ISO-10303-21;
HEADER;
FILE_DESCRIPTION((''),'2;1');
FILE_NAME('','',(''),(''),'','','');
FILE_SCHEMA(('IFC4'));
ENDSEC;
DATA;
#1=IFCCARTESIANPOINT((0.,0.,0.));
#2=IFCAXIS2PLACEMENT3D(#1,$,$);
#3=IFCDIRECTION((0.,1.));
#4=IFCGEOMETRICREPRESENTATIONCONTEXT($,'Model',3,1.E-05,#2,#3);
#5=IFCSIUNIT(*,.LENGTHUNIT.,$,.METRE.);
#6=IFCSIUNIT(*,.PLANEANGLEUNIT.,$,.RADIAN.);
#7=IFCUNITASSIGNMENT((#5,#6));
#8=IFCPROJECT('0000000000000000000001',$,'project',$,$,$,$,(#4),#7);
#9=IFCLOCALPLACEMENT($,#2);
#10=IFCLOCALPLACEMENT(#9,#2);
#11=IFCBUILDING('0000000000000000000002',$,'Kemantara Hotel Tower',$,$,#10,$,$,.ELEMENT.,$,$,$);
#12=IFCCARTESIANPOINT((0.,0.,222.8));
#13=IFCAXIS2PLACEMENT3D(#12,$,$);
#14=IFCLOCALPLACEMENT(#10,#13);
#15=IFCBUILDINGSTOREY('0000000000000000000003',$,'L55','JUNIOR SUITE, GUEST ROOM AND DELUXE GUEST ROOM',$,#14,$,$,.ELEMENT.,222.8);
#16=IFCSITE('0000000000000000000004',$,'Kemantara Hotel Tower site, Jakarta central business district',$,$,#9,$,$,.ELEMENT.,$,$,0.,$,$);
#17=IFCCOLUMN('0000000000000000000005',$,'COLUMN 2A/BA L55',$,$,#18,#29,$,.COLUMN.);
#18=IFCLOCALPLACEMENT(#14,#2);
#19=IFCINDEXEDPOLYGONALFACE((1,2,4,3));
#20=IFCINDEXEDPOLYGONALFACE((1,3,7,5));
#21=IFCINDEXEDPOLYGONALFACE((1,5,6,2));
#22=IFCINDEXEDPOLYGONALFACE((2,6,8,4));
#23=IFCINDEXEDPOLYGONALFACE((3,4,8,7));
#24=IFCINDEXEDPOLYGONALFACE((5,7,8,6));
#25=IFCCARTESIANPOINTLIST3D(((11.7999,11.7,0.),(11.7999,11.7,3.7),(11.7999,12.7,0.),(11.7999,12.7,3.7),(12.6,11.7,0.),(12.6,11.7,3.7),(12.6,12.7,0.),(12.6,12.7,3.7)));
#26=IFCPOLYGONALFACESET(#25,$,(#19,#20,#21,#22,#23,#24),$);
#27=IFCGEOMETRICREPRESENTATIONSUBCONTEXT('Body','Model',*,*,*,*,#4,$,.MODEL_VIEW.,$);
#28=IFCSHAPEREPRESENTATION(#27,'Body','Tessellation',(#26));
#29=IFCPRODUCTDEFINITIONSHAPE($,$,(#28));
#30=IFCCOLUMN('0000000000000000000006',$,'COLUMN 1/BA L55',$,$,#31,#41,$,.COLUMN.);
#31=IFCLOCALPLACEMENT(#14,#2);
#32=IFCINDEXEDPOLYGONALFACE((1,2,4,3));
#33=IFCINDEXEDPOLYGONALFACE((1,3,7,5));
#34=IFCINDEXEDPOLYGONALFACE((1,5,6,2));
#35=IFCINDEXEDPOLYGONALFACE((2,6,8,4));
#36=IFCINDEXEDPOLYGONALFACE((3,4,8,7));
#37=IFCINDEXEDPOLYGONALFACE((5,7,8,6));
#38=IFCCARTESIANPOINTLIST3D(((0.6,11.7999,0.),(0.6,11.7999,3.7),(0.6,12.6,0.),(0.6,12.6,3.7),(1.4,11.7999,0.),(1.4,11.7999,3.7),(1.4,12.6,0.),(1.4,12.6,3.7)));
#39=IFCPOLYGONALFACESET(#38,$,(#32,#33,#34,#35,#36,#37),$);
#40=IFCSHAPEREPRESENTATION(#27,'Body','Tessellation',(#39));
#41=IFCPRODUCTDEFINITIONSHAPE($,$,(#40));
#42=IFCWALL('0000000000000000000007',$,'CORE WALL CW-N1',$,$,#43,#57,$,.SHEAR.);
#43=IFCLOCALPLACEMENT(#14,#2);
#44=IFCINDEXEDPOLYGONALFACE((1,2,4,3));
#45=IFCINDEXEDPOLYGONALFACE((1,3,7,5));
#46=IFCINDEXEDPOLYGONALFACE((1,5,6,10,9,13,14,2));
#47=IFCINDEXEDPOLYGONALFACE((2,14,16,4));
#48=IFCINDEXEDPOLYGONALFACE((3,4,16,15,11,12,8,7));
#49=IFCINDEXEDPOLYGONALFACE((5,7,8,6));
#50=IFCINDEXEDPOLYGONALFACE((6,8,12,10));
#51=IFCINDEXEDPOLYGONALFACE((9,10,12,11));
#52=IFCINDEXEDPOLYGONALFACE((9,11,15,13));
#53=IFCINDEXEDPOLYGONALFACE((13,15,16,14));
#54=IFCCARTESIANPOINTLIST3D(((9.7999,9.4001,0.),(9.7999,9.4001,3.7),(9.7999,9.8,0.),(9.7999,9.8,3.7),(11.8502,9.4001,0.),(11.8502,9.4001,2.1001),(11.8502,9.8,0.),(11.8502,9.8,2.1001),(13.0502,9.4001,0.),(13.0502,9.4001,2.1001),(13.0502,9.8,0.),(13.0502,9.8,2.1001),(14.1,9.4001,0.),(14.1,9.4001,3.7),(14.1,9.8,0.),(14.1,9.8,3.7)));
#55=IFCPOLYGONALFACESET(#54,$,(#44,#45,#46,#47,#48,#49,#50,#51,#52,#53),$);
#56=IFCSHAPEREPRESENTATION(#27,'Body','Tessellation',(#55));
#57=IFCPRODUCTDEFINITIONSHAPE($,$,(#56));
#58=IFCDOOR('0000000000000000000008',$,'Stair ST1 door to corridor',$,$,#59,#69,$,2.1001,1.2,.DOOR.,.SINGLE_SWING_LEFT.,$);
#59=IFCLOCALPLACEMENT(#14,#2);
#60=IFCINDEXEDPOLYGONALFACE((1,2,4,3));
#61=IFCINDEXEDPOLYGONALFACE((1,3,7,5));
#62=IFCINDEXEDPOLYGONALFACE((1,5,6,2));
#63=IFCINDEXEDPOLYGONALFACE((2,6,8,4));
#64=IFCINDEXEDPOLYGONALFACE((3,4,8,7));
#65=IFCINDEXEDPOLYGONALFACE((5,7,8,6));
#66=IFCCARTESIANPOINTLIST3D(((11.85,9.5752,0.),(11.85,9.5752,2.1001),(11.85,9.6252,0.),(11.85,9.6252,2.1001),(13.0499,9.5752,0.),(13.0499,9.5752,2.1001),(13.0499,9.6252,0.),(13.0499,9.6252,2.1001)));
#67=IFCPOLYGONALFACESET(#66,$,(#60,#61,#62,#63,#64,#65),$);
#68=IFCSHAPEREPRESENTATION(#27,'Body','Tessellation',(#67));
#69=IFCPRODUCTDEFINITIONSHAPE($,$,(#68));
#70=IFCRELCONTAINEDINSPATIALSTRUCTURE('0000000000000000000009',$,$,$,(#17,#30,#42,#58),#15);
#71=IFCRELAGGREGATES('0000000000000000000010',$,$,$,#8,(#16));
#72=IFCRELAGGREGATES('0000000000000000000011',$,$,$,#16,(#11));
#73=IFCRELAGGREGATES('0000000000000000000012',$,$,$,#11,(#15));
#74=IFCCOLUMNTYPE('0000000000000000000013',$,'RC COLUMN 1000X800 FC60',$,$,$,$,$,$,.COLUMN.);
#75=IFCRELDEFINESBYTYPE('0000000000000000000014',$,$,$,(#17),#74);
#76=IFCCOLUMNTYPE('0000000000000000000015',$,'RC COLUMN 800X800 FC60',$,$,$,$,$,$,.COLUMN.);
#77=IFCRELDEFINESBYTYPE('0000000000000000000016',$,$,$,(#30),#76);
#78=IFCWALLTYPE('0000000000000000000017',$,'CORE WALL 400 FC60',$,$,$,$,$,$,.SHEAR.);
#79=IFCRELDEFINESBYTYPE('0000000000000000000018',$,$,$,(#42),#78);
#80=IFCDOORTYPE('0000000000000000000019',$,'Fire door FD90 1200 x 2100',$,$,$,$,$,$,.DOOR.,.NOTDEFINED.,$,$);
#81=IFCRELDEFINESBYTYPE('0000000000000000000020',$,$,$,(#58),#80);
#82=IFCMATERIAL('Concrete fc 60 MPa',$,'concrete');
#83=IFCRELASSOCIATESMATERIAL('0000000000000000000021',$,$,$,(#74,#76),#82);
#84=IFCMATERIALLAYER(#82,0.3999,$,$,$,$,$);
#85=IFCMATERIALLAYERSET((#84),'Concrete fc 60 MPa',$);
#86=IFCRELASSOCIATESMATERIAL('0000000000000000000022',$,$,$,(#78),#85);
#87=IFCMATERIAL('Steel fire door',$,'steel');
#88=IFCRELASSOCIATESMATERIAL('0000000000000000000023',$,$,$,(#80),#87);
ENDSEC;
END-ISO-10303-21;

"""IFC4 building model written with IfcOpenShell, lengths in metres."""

from ifc_helpers import new_model, si_unit, direction, frame, frame_2d, origin, origin_2d, place, context, subcontext, project, spatial, rectangle, extrude, material, layer, layer_set, material_profile, profile_set, type_object, element, fill, save


model = new_model("IFC4")

# Units and contexts
model_context = context("Model", 3, precision=1e-05, world=origin(), true_north=direction((0.0, 1.0)))
body_context = subcontext(model_context, "Body", "Model", "MODEL_VIEW")
ifc_project = project(units=[si_unit("LENGTHUNIT", "METRE"), si_unit("PLANEANGLEUNIT", "RADIAN")], contexts=[model_context])

# Site, building, storey
site_placement = place(None, origin())
site = spatial("IfcSite", under=ifc_project, at=site_placement, Name="Kemantara Hotel Tower site, Jakarta central business district", CompositionType="ELEMENT", RefElevation=0.0)
building_placement = place(site_placement, origin())
building = spatial("IfcBuilding", under=site, at=building_placement, Name="Kemantara Hotel Tower", CompositionType="ELEMENT")
storey_placement = place(building_placement, frame((0.0, 0.0, 222.8)))
storey = spatial("IfcBuildingStorey", under=building, at=storey_placement, Name="L55", Description="JUNIOR SUITE, GUEST ROOM AND DELUXE GUEST ROOM", CompositionType="ELEMENT", Elevation=222.8)

# Columns
ifc_material_1 = material(Name="Concrete fc 60 MPa", Category="concrete")
ifc_material_profile_1 = material_profile(ifc_material_1, rectangle(XDim=1.0, YDim=0.8, at=origin_2d()), Name="RC 1000X800")
ifc_profile_set_1 = profile_set([ifc_material_profile_1], Name="Concrete fc 60 MPa")
column_type_1 = type_object("IfcColumnType", Name="RC COLUMN 1000X800 FC60", PredefinedType="COLUMN", material=ifc_profile_set_1)
column_1_placement = place(storey_placement, frame((12.2, 12.2, 0.0), z_axis=(0.0, 0.0, 1.0), x_axis=(0.0, 1.0, 0.0)))
element("IfcColumn", 1, at=column_1_placement, inside=storey, type_object=column_type_1, Name="COLUMN 2A/BA L55", PredefinedType="COLUMN", context=body_context, shape_type="SweptSolid", body=[
    extrude(rectangle(XDim=1.0, YDim=0.8, at=origin_2d()), origin(), (0.0, 0.0, 1.0), 3.7),
])
ifc_material_profile_2 = material_profile(ifc_material_1, rectangle(XDim=0.8, YDim=0.8, at=origin_2d()), Name="RC 800X800")
ifc_profile_set_2 = profile_set([ifc_material_profile_2], Name="Concrete fc 60 MPa")
column_type_2 = type_object("IfcColumnType", Name="RC COLUMN 800X800 FC60", PredefinedType="COLUMN", material=ifc_profile_set_2)
column_2_placement = place(storey_placement, frame((1.0, 12.2, 0.0), z_axis=(0.0, 0.0, 1.0), x_axis=(1.0, 0.0, 0.0)))
element("IfcColumn", 2, at=column_2_placement, inside=storey, type_object=column_type_2, Name="COLUMN 1/BA L55", PredefinedType="COLUMN", context=body_context, shape_type="SweptSolid", body=[
    extrude(rectangle(XDim=0.8, YDim=0.8, at=origin_2d()), origin(), (0.0, 0.0, 1.0), 3.7),
])

# Wall, opening, door
ifc_layer_1 = layer(ifc_material_1, 0.3999)
ifc_layer_set_1 = layer_set([ifc_layer_1], Name="Concrete fc 60 MPa")
wall_type_1 = type_object("IfcWallType", Name="CORE WALL 400 FC60", PredefinedType="SHEAR", material=ifc_layer_set_1)
wall_1_placement = place(storey_placement, frame((9.8, 9.6001, 0.0), z_axis=(0.0, 0.0, 1.0), x_axis=(1.0, 0.0, 0.0)))
wall_1 = element("IfcWall", 3, at=wall_1_placement, inside=storey, type_object=wall_type_1, Name="CORE WALL CW-N1", PredefinedType="SHEAR", context=body_context, shape_type="SweptSolid", body=[
    extrude(rectangle(XDim=4.3, YDim=0.3999, at=frame_2d((2.1499, 0.0))), origin(), (0.0, 0.0, 1.0), 3.7),
])
opening_1_placement = place(wall_1_placement, frame((2.05, 0.0, 0.0)))
opening_1 = element("IfcOpeningElement", 4, at=opening_1_placement, cuts=wall_1, PredefinedType="OPENING", context=body_context, shape_type="SweptSolid", body=[
    extrude(rectangle(XDim=1.2, YDim=2.1001, at=frame_2d((0.6001, 1.05))), frame((0.0, 0.21, 0.0), z_axis=(0.0, -1.0, 0.0), x_axis=(1.0, 0.0, 0.0)), (0.0, 0.0, 1.0), 0.4199),
])
ifc_material_2 = material(Name="Steel fire door", Category="steel")
door_type_1 = type_object("IfcDoorType", Name="Fire door FD90 1200 x 2100", OperationType="NOTDEFINED", PredefinedType="DOOR", material=ifc_material_2)
door_1_placement = place(opening_1_placement, frame((1.2, 0.0, 0.0), z_axis=(0.0, 0.0, 1.0), x_axis=(-1.0, 0.0, 0.0)))
door_1 = element("IfcDoor", 5, at=door_1_placement, inside=storey, type_object=door_type_1, Name="Stair ST1 door to corridor", OperationType="SINGLE_SWING_LEFT", OverallHeight=2.1001, OverallWidth=1.2, PredefinedType="DOOR", context=body_context, shape_type="SweptSolid", body=[
    extrude(rectangle(XDim=1.2, YDim=2.1001, at=frame_2d((0.6001, 1.05))), frame((0.0, 0.0249, 0.0), z_axis=(0.0, -1.0, 0.0), x_axis=(1.0, 0.0, 0.0)), (0.0, 0.0, 1.0), 0.05),
])
fill(opening_1, door_1)

save(model, "model.ifc")
